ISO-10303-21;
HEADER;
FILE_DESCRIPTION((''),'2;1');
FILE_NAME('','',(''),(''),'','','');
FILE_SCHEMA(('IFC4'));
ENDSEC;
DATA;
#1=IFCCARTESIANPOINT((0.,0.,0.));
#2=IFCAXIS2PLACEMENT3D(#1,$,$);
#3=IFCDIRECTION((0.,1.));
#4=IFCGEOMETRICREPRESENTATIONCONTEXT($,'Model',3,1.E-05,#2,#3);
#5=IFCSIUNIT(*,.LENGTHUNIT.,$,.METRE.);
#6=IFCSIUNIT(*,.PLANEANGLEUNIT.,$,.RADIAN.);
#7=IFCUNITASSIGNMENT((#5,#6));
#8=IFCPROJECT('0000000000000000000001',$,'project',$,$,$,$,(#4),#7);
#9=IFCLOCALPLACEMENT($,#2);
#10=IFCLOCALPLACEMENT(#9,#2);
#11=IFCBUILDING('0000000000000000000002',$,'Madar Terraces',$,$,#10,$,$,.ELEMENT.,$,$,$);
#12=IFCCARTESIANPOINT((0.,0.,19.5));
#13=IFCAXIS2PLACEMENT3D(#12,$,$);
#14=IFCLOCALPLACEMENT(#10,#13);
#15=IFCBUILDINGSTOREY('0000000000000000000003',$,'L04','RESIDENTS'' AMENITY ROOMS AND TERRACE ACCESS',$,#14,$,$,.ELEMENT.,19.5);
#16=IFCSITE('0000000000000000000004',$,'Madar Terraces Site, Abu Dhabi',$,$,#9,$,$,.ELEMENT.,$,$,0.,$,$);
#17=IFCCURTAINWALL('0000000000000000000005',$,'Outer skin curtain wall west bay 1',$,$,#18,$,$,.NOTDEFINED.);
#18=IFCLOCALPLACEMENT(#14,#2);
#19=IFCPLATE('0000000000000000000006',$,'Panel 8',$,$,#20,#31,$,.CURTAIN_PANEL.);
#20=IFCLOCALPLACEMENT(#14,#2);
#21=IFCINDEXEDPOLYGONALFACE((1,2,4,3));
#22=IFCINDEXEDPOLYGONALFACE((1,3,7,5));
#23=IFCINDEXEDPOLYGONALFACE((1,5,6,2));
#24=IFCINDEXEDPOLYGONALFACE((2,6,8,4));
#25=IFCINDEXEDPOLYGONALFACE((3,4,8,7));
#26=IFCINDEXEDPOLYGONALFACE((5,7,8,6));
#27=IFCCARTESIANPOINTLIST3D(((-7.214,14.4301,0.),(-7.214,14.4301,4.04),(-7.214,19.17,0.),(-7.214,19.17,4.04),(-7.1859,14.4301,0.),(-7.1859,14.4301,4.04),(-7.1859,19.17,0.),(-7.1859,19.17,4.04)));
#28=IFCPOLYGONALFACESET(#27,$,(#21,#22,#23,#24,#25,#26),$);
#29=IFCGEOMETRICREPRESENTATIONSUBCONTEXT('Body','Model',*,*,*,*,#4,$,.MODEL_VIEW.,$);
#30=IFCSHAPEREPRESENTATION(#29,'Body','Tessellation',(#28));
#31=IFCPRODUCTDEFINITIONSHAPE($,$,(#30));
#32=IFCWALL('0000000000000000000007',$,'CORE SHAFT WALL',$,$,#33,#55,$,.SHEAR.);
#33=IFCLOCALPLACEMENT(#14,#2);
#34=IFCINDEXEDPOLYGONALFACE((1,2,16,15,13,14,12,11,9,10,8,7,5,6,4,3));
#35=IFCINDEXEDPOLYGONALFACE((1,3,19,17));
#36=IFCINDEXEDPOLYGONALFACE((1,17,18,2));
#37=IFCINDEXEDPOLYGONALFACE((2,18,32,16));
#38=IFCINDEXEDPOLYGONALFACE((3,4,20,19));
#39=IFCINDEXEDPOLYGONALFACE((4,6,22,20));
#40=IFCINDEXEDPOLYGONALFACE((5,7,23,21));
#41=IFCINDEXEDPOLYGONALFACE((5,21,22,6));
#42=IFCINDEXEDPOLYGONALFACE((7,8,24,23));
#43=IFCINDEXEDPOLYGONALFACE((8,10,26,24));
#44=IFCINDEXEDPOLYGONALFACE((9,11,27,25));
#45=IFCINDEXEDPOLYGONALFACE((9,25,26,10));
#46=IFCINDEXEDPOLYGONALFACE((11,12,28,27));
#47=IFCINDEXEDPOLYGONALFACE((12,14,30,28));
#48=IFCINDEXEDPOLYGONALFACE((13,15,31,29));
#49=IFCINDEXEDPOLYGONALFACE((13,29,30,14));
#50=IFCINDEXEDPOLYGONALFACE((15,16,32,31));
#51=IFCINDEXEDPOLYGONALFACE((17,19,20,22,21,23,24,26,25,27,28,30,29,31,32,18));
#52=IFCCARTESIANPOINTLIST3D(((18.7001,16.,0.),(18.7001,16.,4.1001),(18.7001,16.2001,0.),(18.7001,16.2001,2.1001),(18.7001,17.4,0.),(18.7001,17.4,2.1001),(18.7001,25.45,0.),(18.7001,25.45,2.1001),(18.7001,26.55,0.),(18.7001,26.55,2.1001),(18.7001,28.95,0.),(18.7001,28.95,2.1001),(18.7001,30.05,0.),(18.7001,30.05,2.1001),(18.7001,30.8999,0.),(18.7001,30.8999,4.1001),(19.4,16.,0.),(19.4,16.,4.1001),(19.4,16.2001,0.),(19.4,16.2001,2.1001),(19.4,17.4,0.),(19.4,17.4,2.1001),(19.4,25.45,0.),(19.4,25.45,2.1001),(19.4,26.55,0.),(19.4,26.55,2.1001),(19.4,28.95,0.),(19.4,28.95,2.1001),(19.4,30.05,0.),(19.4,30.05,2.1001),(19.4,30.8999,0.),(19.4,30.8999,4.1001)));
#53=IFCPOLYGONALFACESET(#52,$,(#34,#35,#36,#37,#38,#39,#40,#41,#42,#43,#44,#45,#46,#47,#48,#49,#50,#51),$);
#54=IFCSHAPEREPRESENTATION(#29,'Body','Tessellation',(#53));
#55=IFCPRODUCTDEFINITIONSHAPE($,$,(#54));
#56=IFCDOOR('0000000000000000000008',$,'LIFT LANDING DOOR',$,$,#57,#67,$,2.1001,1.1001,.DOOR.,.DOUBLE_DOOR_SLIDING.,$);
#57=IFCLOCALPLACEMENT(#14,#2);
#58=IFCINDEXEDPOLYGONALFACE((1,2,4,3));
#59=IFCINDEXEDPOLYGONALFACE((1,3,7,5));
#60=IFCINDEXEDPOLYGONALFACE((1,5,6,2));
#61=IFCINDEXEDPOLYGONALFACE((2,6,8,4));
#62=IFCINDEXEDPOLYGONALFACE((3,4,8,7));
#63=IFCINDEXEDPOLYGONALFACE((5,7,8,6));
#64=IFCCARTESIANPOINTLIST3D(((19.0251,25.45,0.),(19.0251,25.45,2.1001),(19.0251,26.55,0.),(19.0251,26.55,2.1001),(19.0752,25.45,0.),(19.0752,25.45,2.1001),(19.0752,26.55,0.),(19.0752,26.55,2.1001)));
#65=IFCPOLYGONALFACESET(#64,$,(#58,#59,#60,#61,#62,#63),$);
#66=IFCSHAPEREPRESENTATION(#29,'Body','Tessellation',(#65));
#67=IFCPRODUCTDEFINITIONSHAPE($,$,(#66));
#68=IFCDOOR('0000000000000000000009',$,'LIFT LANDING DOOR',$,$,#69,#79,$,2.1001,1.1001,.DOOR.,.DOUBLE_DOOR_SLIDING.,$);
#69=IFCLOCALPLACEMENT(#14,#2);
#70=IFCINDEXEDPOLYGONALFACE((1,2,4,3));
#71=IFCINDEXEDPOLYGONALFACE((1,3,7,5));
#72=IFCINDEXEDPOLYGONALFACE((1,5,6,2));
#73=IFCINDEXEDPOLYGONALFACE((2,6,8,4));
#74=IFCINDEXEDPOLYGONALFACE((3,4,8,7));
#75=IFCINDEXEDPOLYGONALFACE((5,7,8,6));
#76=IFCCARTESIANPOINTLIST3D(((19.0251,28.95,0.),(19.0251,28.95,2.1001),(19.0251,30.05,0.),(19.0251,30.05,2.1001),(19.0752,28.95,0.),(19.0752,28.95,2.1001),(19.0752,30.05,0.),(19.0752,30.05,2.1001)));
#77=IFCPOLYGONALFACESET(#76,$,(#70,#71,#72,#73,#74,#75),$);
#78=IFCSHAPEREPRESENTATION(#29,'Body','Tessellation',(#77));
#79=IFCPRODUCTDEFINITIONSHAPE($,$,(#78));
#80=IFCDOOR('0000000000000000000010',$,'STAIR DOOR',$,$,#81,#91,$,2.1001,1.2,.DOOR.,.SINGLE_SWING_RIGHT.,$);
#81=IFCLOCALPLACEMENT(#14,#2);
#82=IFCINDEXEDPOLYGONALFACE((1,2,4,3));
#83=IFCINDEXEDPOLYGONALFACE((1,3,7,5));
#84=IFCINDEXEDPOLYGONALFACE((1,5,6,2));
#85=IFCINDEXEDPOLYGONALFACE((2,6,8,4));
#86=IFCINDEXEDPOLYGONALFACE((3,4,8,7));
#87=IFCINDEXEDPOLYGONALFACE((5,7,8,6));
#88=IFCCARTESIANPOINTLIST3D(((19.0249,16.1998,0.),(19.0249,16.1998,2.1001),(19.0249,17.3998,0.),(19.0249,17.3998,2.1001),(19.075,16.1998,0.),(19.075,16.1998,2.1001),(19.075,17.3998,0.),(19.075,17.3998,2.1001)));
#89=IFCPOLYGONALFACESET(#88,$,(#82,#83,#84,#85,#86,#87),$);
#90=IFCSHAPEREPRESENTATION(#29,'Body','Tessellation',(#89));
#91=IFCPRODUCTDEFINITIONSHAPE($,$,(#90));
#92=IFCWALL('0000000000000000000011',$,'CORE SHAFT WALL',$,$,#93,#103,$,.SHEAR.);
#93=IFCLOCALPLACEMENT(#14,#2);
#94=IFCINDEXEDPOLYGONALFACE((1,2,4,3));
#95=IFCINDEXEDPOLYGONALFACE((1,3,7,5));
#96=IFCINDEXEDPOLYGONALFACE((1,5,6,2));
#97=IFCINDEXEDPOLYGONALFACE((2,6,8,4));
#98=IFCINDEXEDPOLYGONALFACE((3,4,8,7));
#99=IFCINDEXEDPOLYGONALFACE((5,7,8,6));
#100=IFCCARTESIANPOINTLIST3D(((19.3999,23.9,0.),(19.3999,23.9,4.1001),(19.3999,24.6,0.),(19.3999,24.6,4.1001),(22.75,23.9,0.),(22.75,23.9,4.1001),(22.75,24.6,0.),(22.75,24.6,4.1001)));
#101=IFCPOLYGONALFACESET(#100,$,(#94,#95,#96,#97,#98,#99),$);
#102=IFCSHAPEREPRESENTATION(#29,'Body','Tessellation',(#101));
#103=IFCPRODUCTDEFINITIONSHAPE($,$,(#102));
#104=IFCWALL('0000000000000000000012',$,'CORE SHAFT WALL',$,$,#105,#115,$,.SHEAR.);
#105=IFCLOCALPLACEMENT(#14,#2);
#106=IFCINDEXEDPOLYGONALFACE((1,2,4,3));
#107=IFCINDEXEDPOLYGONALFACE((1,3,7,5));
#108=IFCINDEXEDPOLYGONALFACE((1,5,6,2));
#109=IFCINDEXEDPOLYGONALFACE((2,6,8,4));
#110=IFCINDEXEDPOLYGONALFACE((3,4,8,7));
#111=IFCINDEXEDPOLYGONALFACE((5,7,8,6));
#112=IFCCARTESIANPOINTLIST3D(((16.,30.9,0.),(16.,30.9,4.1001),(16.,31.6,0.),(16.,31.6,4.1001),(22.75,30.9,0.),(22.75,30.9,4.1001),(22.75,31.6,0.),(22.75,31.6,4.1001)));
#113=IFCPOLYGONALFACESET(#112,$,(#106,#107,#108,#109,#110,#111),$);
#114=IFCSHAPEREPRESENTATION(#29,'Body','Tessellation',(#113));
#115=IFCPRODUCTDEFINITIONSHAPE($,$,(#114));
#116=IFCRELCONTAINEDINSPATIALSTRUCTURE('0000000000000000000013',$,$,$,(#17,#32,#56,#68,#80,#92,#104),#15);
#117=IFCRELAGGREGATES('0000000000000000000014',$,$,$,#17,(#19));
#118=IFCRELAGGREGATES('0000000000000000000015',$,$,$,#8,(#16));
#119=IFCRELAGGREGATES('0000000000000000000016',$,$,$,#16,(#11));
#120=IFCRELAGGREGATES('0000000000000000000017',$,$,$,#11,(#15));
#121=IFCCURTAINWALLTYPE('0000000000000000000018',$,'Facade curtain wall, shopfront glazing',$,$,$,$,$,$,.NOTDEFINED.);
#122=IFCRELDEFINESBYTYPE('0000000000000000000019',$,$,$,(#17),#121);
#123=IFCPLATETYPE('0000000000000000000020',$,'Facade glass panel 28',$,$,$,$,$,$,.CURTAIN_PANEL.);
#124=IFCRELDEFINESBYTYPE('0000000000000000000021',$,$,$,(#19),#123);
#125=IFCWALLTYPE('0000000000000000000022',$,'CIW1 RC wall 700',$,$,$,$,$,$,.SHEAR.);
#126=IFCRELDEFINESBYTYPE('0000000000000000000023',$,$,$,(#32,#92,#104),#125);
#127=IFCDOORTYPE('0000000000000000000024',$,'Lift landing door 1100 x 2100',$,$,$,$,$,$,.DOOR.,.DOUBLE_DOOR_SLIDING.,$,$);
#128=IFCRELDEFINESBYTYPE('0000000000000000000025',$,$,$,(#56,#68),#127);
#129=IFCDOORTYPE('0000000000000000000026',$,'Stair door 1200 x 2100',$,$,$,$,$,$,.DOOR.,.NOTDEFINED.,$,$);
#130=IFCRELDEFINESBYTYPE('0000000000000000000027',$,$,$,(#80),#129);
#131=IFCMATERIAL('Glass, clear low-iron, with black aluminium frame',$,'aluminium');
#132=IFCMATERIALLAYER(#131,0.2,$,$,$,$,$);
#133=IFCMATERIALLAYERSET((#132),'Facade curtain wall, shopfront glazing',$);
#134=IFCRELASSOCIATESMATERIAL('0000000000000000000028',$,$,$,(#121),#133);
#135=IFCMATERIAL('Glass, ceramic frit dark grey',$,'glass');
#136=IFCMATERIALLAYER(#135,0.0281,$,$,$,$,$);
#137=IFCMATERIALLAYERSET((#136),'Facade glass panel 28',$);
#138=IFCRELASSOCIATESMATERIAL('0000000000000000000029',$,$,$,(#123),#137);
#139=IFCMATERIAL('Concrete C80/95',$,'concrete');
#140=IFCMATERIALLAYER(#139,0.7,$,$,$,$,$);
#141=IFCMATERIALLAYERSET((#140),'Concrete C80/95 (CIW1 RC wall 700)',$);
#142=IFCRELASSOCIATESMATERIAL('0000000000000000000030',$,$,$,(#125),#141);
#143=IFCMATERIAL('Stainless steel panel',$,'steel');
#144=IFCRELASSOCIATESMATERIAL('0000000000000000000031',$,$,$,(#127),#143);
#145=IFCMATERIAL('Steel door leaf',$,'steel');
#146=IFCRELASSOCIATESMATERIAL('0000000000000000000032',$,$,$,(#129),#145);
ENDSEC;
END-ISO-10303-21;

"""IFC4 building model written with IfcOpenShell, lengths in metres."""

from ifc_helpers import new_model, si_unit, direction, frame, frame_2d, origin, origin_2d, place, context, subcontext, project, spatial, rectangle, extrude, material, layer, layer_set, type_object, element, fill, aggregate, save


model = new_model("IFC4")

# Units and contexts
model_context = context("Model", 3, precision=1e-05, world=origin(), true_north=direction((0.0, 1.0)))
body_context = subcontext(model_context, "Body", "Model", "MODEL_VIEW")
ifc_project = project(units=[si_unit("LENGTHUNIT", "METRE"), si_unit("PLANEANGLEUNIT", "RADIAN")], contexts=[model_context])

# Site, building, storey
site_placement = place(None, origin())
site = spatial("IfcSite", under=ifc_project, at=site_placement, Name="Madar Terraces Site, Abu Dhabi", CompositionType="ELEMENT", RefElevation=0.0)
building_placement = place(site_placement, origin())
building = spatial("IfcBuilding", under=site, at=building_placement, Name="Madar Terraces", CompositionType="ELEMENT")
storey_placement = place(building_placement, frame((0.0, 0.0, 19.5)))
storey = spatial("IfcBuildingStorey", under=building, at=storey_placement, Name="L04", Description="RESIDENTS' AMENITY ROOMS AND TERRACE ACCESS", CompositionType="ELEMENT", Elevation=19.5)

# Curtain wall, plate
ifc_material_1 = material(Name="Glass, clear low-iron, with black aluminium frame", Category="aluminium")
ifc_layer_1 = layer(ifc_material_1, 0.2)
ifc_layer_set_1 = layer_set([ifc_layer_1], Name="Facade curtain wall, shopfront glazing")
curtain_wall_type = type_object("IfcCurtainWallType", Name="Facade curtain wall, shopfront glazing", PredefinedType="NOTDEFINED", material=ifc_layer_set_1)
curtain_wall_placement = place(storey_placement, origin())
curtain_wall = element("IfcCurtainWall", 1, at=curtain_wall_placement, inside=storey, type_object=curtain_wall_type, Name="Outer skin curtain wall west bay 1", PredefinedType="NOTDEFINED")
ifc_material_2 = material(Name="Glass, ceramic frit dark grey", Category="glass")
ifc_layer_2 = layer(ifc_material_2, 0.0281)
ifc_layer_set_2 = layer_set([ifc_layer_2], Name="Facade glass panel 28")
plate_type = type_object("IfcPlateType", Name="Facade glass panel 28", PredefinedType="CURTAIN_PANEL", material=ifc_layer_set_2)
plate_1_placement = place(storey_placement, frame((-7.2, 16.8, 0.0), z_axis=(0.0, 0.0, 1.0), x_axis=(0.0, -1.0, 0.0)))
plate_1 = element("IfcPlate", 2, at=plate_1_placement, type_object=plate_type, Name="Panel 8", PredefinedType="CURTAIN_PANEL", context=body_context, shape_type="SweptSolid", body=[
    extrude(rectangle(XDim=4.74, YDim=0.0281, at=origin_2d()), origin(), (0.0, 0.0, 1.0), 4.04),
])
aggregate(curtain_wall, [plate_1])

# Wall, openings, doors
ifc_material_3 = material(Name="Concrete C80/95", Category="concrete")
ifc_layer_3 = layer(ifc_material_3, 0.7)
ifc_layer_set_3 = layer_set([ifc_layer_3], Name="Concrete C80/95 (CIW1 RC wall 700)")
wall_type_1 = type_object("IfcWallType", Name="CIW1 RC wall 700", PredefinedType="SHEAR", material=ifc_layer_set_3)
wall_1_placement = place(storey_placement, frame((19.05, 16.0, 0.0), z_axis=(0.0, 0.0, 1.0), x_axis=(0.0, 1.0, 0.0)))
wall_1 = element("IfcWall", 3, at=wall_1_placement, inside=storey, type_object=wall_type_1, Name="CORE SHAFT WALL", PredefinedType="SHEAR", context=body_context, shape_type="SweptSolid", body=[
    extrude(rectangle(XDim=14.8999, YDim=0.7, at=frame_2d((7.45, 0.0))), origin(), (0.0, 0.0, 1.0), 4.1001),
])
opening_1_placement = place(wall_1_placement, frame((9.45, 0.0, 0.0)))
opening_1 = element("IfcOpeningElement", 4, at=opening_1_placement, cuts=wall_1, PredefinedType="OPENING", context=body_context, shape_type="SweptSolid", body=[
    extrude(rectangle(XDim=1.1001, YDim=2.1001, at=frame_2d((0.55, 1.05))), frame((0.0, 0.3599, 0.0), z_axis=(0.0, -1.0, 0.0), x_axis=(1.0, 0.0, 0.0)), (0.0, 0.0, 1.0), 0.72),
])
opening_2_placement = place(wall_1_placement, frame((12.95, 0.0, 0.0)))
opening_2 = element("IfcOpeningElement", 5, at=opening_2_placement, cuts=wall_1, PredefinedType="OPENING", context=body_context, shape_type="SweptSolid", body=[
    extrude(rectangle(XDim=1.1001, YDim=2.1001, at=frame_2d((0.55, 1.05))), frame((0.0, 0.3599, 0.0), z_axis=(0.0, -1.0, 0.0), x_axis=(1.0, 0.0, 0.0)), (0.0, 0.0, 1.0), 0.72),
])
opening_3_placement = place(wall_1_placement, frame((0.2, 0.0, 0.0)))
opening_3 = element("IfcOpeningElement", 6, at=opening_3_placement, cuts=wall_1, PredefinedType="OPENING", context=body_context, shape_type="SweptSolid", body=[
    extrude(rectangle(XDim=1.2, YDim=2.1001, at=frame_2d((0.6001, 1.05))), frame((0.0, 0.3599, 0.0), z_axis=(0.0, -1.0, 0.0), x_axis=(1.0, 0.0, 0.0)), (0.0, 0.0, 1.0), 0.72),
])
ifc_material_4 = material(Name="Stainless steel panel", Category="steel")
door_type_1 = type_object("IfcDoorType", Name="Lift landing door 1100 x 2100", OperationType="DOUBLE_DOOR_SLIDING", PredefinedType="DOOR", material=ifc_material_4)
door_1_placement = place(opening_1_placement, origin())
door_1 = element("IfcDoor", 7, at=door_1_placement, inside=storey, type_object=door_type_1, Name="LIFT LANDING DOOR", OperationType="DOUBLE_DOOR_SLIDING", OverallHeight=2.1001, OverallWidth=1.1001, PredefinedType="DOOR", context=body_context, shape_type="SweptSolid", body=[
    extrude(rectangle(XDim=1.1001, YDim=2.1001, at=frame_2d((0.55, 1.05))), frame((0.0, 0.0249, 0.0), z_axis=(0.0, -1.0, 0.0), x_axis=(1.0, 0.0, 0.0)), (0.0, 0.0, 1.0), 0.05),
])
fill(opening_1, door_1)
door_2_placement = place(opening_2_placement, origin())
door_2 = element("IfcDoor", 8, at=door_2_placement, inside=storey, type_object=door_type_1, Name="LIFT LANDING DOOR", OperationType="DOUBLE_DOOR_SLIDING", OverallHeight=2.1001, OverallWidth=1.1001, PredefinedType="DOOR", context=body_context, shape_type="SweptSolid", body=[
    extrude(rectangle(XDim=1.1001, YDim=2.1001, at=frame_2d((0.55, 1.05))), frame((0.0, 0.0249, 0.0), z_axis=(0.0, -1.0, 0.0), x_axis=(1.0, 0.0, 0.0)), (0.0, 0.0, 1.0), 0.05),
])
fill(opening_2, door_2)
ifc_material_5 = material(Name="Steel door leaf", Category="steel")
door_type_2 = type_object("IfcDoorType", Name="Stair door 1200 x 2100", OperationType="NOTDEFINED", PredefinedType="DOOR", material=ifc_material_5)
door_3_placement = place(opening_3_placement, frame((1.2, 0.0, 0.0), z_axis=(0.0, 0.0, 1.0), x_axis=(-1.0, 0.0, 0.0)))
door_3 = element("IfcDoor", 9, at=door_3_placement, inside=storey, type_object=door_type_2, Name="STAIR DOOR", OperationType="SINGLE_SWING_RIGHT", OverallHeight=2.1001, OverallWidth=1.2, PredefinedType="DOOR", context=body_context, shape_type="SweptSolid", body=[
    extrude(rectangle(XDim=1.2, YDim=2.1001, at=frame_2d((0.6001, 1.05))), frame((0.0, 0.0249, 0.0), z_axis=(0.0, -1.0, 0.0), x_axis=(1.0, 0.0, 0.0)), (0.0, 0.0, 1.0), 0.05),
])
fill(opening_3, door_3)

# Walls
wall_2_placement = place(storey_placement, frame((19.3999, 24.25, 0.0), z_axis=(0.0, 0.0, 1.0), x_axis=(1.0, 0.0, 0.0)))
element("IfcWall", 10, at=wall_2_placement, inside=storey, type_object=wall_type_1, Name="CORE SHAFT WALL", PredefinedType="SHEAR", context=body_context, shape_type="SweptSolid", body=[
    extrude(rectangle(XDim=3.3501, YDim=0.7, at=frame_2d((1.675, 0.0))), origin(), (0.0, 0.0, 1.0), 4.1001),
])
wall_3_placement = place(storey_placement, frame((16.0, 31.25, 0.0), z_axis=(0.0, 0.0, 1.0), x_axis=(1.0, 0.0, 0.0)))
element("IfcWall", 11, at=wall_3_placement, inside=storey, type_object=wall_type_1, Name="CORE SHAFT WALL", PredefinedType="SHEAR", context=body_context, shape_type="SweptSolid", body=[
    extrude(rectangle(XDim=6.75, YDim=0.7, at=frame_2d((3.375, 0.0))), origin(), (0.0, 0.0, 1.0), 4.1001),
])

save(model, "model.ifc")
